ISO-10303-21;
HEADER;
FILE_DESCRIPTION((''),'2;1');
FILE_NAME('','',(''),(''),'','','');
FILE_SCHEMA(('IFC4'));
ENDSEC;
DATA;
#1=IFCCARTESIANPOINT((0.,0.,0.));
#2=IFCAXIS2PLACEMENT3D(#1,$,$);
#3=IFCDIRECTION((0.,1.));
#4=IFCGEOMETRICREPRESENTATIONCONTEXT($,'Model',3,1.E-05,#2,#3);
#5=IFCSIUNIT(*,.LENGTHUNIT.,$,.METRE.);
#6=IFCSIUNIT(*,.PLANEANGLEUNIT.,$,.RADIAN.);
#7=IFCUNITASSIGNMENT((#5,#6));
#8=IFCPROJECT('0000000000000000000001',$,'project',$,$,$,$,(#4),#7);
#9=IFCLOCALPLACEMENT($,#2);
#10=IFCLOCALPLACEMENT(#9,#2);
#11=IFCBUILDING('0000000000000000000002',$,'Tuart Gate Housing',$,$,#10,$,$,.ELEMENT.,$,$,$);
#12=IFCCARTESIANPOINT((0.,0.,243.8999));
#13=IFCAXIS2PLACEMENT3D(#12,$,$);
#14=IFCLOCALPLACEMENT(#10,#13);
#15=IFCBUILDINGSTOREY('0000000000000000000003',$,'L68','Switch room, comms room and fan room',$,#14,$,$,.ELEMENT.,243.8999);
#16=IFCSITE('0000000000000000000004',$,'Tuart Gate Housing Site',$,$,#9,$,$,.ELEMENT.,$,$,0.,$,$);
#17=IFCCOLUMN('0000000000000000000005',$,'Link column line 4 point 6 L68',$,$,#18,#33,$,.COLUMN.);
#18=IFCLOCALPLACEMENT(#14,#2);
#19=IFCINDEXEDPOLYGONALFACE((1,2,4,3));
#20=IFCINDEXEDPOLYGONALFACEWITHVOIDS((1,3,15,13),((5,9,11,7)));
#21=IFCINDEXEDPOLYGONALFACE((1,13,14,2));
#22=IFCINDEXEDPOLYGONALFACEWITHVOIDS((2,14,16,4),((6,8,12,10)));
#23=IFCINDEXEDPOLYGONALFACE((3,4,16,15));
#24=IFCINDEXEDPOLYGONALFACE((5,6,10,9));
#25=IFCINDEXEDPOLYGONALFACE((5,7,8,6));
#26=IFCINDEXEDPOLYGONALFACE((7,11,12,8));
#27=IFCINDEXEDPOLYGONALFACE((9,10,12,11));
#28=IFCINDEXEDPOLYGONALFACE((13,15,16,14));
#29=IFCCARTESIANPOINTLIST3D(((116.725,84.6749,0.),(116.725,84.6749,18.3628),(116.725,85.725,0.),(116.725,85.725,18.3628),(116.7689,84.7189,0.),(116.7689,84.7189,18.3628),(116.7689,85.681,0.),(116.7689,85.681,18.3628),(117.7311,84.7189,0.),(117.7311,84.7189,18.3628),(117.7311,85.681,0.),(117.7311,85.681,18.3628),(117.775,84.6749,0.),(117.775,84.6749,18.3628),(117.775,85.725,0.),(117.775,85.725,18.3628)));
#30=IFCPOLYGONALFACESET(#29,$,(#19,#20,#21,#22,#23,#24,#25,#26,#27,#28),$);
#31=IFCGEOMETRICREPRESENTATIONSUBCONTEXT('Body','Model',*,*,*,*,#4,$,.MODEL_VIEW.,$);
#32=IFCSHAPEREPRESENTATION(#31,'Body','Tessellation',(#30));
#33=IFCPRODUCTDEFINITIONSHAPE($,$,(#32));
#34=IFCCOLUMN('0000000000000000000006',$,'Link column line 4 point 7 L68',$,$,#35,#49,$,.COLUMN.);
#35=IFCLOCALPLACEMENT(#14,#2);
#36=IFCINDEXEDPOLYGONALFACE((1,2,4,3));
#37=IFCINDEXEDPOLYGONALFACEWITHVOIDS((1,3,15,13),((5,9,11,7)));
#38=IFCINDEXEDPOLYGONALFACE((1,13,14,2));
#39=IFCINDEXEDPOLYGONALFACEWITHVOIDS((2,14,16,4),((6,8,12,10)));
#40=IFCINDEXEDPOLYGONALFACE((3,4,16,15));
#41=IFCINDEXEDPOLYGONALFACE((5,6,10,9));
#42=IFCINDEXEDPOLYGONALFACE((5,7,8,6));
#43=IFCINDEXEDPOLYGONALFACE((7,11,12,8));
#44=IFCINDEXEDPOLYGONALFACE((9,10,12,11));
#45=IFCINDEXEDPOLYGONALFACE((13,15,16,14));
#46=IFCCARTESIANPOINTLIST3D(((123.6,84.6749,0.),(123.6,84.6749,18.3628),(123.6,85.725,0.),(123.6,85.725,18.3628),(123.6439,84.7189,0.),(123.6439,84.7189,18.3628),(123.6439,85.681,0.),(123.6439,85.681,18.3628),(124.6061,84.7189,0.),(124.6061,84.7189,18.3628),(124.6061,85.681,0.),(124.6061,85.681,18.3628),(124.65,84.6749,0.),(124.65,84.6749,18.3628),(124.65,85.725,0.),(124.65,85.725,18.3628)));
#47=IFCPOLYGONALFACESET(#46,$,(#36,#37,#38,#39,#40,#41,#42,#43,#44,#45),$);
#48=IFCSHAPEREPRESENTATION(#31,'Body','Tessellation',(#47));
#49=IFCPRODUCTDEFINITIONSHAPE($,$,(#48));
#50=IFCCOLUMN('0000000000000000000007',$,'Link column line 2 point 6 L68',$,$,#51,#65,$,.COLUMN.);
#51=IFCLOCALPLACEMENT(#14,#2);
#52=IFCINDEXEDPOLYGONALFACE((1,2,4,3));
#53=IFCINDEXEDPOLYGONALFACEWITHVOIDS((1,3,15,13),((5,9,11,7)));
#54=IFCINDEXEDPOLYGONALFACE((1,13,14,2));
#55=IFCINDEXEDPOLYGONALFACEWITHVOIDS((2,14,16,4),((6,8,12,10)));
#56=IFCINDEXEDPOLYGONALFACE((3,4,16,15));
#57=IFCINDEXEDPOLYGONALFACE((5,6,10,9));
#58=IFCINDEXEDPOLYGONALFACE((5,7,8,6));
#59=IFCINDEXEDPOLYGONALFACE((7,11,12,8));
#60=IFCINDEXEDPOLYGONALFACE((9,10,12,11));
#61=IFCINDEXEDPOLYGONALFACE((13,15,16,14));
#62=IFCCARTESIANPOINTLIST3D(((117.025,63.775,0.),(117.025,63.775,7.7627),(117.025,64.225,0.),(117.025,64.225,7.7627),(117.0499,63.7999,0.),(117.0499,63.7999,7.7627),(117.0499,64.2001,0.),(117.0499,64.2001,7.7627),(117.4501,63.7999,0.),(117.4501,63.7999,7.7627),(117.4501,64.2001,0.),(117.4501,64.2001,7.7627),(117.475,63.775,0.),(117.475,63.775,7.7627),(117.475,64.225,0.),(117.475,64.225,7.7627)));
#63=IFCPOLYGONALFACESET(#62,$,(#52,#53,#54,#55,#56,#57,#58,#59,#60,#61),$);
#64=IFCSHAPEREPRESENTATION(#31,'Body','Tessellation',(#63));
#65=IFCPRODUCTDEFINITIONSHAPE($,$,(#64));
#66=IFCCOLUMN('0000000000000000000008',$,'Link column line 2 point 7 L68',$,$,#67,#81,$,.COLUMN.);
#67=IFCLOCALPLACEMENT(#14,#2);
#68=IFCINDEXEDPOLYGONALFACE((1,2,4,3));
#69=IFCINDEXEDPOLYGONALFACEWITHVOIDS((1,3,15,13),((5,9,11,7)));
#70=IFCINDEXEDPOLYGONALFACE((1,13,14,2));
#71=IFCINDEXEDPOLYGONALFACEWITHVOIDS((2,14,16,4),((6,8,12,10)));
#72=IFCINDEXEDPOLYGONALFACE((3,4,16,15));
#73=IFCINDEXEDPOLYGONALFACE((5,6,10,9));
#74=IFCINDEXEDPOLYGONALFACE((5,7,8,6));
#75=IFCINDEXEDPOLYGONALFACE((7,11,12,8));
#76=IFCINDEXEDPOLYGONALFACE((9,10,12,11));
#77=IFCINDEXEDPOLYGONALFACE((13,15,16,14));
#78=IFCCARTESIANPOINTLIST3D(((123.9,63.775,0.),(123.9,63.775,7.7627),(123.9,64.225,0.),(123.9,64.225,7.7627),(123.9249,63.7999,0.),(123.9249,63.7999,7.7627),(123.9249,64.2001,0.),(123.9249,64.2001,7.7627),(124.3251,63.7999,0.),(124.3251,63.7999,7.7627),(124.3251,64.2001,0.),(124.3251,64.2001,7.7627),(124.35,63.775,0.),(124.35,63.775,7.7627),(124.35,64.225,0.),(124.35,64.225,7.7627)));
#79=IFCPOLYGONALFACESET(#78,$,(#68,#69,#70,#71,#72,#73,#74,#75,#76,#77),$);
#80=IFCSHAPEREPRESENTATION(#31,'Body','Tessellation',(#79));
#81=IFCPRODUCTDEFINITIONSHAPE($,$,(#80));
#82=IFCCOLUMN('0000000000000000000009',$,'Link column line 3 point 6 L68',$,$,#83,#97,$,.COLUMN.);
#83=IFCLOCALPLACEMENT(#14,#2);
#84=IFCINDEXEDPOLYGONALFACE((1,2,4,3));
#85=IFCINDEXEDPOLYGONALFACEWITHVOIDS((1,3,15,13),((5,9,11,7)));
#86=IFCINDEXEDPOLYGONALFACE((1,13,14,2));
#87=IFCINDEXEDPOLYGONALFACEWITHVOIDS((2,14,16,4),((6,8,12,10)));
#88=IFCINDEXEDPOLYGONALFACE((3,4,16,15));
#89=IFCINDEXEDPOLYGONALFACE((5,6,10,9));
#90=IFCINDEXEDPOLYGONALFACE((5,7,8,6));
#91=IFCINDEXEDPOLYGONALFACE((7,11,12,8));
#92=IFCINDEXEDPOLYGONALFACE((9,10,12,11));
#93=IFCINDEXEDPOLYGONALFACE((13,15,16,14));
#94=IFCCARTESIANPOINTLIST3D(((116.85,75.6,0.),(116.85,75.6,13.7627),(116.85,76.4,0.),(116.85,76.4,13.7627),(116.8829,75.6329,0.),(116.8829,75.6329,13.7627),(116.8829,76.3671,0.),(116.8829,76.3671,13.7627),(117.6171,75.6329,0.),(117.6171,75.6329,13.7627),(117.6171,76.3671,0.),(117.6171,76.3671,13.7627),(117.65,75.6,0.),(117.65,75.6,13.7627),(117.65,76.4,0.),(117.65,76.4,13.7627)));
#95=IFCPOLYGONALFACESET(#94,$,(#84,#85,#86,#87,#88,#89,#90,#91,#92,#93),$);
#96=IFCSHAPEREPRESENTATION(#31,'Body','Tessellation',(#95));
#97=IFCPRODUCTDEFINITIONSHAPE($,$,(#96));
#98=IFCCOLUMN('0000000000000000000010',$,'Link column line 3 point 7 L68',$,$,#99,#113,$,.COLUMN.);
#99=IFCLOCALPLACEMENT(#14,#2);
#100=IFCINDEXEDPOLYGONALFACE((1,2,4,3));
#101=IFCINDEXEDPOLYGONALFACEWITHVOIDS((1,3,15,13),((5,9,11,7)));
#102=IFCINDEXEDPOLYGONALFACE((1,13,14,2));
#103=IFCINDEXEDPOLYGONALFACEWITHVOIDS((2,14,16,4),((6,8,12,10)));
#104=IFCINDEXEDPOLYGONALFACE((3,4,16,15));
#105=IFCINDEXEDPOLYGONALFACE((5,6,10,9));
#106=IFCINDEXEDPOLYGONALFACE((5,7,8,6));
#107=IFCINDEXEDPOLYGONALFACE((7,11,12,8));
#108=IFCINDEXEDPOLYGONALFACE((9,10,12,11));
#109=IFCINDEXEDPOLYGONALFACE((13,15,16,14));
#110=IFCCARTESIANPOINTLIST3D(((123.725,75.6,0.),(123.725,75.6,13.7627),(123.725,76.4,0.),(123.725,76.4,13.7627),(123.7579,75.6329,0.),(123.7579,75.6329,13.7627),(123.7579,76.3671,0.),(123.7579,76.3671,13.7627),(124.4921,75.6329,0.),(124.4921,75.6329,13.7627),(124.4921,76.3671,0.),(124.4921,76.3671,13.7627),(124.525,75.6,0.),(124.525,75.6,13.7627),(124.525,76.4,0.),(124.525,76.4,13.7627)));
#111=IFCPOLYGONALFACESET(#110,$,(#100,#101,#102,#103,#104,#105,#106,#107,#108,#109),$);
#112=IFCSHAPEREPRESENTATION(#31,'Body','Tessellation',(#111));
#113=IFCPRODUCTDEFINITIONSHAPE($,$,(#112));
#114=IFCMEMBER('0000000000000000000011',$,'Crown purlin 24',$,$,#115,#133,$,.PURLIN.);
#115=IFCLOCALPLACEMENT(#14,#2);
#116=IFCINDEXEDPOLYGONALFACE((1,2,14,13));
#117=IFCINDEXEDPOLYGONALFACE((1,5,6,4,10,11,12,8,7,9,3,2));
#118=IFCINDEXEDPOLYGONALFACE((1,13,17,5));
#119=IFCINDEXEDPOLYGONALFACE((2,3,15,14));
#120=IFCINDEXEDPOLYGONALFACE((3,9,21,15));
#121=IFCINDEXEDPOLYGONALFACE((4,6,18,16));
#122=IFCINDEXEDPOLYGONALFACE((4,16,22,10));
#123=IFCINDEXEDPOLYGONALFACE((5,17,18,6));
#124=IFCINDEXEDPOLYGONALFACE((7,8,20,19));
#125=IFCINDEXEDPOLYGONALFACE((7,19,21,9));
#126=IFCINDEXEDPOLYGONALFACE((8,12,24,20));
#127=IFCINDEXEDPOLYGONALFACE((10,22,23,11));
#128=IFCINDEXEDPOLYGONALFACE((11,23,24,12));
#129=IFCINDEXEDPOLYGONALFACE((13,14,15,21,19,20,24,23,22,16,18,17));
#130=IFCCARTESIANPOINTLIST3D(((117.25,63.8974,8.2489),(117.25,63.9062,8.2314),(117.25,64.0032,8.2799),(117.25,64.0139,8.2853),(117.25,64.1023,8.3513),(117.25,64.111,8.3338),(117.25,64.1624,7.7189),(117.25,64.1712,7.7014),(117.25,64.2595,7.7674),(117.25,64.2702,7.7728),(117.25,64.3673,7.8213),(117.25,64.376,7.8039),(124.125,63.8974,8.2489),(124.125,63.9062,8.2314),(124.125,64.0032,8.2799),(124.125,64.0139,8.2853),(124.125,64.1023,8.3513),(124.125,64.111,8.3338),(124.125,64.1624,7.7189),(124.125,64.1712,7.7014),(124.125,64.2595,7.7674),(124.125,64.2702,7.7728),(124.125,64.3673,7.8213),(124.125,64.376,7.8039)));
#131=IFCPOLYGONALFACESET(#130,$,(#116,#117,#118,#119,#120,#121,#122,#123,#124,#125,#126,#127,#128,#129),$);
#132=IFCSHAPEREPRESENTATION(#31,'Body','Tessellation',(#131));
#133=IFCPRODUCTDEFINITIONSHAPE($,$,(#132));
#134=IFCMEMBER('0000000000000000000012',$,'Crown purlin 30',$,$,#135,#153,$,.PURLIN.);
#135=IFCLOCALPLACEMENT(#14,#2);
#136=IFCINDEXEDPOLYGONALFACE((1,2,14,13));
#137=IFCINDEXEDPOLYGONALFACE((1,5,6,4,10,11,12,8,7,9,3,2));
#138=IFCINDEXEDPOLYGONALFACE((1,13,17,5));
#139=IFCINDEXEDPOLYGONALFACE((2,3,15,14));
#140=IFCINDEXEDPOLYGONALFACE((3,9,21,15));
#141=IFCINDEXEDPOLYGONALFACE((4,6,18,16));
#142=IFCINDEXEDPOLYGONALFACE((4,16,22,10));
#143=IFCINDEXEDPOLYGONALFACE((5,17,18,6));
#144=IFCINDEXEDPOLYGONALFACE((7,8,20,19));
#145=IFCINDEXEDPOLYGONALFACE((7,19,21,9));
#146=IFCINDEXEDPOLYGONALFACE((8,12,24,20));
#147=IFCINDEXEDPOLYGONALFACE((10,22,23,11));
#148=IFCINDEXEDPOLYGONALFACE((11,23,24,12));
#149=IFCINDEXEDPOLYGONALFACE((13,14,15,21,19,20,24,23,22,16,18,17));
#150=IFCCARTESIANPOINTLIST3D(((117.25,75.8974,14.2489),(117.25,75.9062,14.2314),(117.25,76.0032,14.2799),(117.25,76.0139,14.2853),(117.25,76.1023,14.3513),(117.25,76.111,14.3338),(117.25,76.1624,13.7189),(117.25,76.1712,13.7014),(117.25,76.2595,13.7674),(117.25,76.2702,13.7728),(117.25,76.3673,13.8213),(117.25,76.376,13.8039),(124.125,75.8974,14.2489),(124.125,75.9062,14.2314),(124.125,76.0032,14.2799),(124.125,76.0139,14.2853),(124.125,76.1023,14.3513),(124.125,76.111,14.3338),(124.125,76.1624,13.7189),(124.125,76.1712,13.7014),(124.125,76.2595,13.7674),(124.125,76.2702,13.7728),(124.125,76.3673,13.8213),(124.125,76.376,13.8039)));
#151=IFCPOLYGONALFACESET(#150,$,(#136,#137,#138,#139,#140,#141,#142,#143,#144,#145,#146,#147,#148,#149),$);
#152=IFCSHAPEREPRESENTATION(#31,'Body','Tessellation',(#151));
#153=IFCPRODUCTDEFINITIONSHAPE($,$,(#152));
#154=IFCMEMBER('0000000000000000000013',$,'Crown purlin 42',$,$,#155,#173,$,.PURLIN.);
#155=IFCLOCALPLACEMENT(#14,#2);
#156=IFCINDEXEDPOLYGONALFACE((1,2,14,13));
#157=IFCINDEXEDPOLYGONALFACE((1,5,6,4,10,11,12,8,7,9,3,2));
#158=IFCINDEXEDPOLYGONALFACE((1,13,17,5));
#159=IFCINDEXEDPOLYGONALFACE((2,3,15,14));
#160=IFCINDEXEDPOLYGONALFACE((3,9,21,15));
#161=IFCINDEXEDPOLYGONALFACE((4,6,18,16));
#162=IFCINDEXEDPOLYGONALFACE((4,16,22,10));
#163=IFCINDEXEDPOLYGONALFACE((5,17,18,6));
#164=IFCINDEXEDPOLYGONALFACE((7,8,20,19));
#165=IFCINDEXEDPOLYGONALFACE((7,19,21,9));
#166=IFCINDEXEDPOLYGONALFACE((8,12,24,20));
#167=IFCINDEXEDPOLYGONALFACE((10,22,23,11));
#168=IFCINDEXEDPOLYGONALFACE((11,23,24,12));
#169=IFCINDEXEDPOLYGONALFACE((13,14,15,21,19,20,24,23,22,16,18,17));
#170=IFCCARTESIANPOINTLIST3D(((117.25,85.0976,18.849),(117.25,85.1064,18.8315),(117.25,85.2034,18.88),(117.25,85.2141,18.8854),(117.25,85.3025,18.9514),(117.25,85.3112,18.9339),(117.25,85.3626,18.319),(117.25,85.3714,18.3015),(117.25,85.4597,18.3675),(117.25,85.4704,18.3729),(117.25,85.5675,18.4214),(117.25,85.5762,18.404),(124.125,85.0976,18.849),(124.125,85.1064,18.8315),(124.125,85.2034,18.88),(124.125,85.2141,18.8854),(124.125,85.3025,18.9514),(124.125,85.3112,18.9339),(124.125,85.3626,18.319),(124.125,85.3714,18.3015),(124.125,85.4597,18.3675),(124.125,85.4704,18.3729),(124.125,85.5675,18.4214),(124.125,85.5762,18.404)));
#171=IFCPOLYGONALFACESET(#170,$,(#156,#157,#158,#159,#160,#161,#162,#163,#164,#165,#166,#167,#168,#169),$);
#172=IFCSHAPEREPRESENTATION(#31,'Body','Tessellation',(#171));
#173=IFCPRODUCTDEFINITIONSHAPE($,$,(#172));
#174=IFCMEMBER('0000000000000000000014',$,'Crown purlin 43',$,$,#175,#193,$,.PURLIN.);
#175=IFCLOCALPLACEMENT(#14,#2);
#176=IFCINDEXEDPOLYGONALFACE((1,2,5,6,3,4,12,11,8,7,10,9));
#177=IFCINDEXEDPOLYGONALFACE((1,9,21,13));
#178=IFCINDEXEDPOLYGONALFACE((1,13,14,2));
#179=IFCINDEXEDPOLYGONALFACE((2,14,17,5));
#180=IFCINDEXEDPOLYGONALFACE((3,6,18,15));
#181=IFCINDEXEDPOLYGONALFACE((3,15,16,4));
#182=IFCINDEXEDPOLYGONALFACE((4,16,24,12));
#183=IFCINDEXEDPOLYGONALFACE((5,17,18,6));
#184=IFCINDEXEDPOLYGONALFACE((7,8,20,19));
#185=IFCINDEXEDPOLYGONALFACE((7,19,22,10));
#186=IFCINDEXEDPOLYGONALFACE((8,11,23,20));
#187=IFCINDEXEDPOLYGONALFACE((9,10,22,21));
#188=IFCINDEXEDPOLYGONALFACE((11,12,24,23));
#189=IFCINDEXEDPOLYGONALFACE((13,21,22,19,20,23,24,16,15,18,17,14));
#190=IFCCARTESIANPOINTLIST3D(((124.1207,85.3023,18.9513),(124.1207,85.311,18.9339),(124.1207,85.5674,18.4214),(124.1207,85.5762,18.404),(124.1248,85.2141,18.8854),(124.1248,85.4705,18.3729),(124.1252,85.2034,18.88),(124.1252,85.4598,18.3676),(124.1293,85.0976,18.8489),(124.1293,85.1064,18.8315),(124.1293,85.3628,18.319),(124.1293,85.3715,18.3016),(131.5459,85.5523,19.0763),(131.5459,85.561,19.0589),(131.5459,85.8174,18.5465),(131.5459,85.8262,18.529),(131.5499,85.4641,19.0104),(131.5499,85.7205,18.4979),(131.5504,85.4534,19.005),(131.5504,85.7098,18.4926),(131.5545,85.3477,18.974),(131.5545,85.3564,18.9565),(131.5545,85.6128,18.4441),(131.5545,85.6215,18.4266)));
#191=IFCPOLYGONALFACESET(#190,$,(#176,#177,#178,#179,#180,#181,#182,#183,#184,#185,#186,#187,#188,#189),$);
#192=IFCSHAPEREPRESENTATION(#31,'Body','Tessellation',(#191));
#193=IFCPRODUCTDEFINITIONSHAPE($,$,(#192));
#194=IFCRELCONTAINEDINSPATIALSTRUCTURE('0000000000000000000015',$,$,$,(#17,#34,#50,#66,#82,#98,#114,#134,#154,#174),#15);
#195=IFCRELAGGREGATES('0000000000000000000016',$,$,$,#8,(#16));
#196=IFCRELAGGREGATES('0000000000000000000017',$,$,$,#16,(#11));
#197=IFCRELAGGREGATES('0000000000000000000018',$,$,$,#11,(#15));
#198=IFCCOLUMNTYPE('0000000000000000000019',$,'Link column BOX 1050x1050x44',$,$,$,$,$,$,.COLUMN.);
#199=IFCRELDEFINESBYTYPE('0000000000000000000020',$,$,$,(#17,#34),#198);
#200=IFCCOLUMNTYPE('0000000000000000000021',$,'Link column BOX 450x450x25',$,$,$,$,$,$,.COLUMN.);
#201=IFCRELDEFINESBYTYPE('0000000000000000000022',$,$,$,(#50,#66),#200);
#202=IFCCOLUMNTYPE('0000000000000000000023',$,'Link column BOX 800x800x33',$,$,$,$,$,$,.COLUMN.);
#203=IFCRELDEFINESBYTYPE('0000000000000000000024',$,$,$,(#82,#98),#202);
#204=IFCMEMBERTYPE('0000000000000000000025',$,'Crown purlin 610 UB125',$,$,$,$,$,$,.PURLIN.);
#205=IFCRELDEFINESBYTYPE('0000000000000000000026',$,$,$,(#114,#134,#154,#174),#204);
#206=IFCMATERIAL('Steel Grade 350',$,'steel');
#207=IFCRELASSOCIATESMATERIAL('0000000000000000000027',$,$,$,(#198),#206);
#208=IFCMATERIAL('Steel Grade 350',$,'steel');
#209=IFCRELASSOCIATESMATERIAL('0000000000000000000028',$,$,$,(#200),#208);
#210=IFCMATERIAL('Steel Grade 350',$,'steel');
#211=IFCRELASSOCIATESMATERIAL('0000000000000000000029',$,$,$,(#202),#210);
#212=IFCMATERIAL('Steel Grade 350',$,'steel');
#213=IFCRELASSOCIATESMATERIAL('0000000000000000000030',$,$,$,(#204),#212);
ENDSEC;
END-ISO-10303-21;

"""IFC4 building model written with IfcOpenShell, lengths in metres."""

from ifc_helpers import new_model, si_unit, direction, frame, origin, origin_2d, place, context, subcontext, project, spatial, hollow_rectangle, i_section, extrude, material, material_profile, profile_set, type_object, element, save


model = new_model("IFC4")

# Units and contexts
model_context = context("Model", 3, precision=1e-05, world=origin(), true_north=direction((0.0, 1.0)))
body_context = subcontext(model_context, "Body", "Model", "MODEL_VIEW")
ifc_project = project(units=[si_unit("LENGTHUNIT", "METRE"), si_unit("PLANEANGLEUNIT", "RADIAN")], contexts=[model_context])

# Site, building, storey
site_placement = place(None, origin())
site = spatial("IfcSite", under=ifc_project, at=site_placement, Name="Tuart Gate Housing Site", CompositionType="ELEMENT", RefElevation=0.0)
building_placement = place(site_placement, origin())
building = spatial("IfcBuilding", under=site, at=building_placement, Name="Tuart Gate Housing", CompositionType="ELEMENT")
storey_placement = place(building_placement, frame((0.0, 0.0, 243.8999)))
storey = spatial("IfcBuildingStorey", under=building, at=storey_placement, Name="L68", Description="Switch room, comms room and fan room", CompositionType="ELEMENT", Elevation=243.8999)

# Columns
ifc_material_1 = material(Name="Steel Grade 350", Category="steel")
ifc_material_profile_1 = material_profile(ifc_material_1, hollow_rectangle(XDim=1.05, YDim=1.05, WallThickness=0.0439, at=origin_2d()), Name="BOX 1050x1050x44")
ifc_profile_set_1 = profile_set([ifc_material_profile_1], Name="Steel Grade 350")
column_type_1 = type_object("IfcColumnType", Name="Link column BOX 1050x1050x44", PredefinedType="COLUMN", material=ifc_profile_set_1)
for number, where, z_axis, x_axis, name in (
    (1, (117.25, 85.2, 0.0), (0.0, 0.0, 1.0), (1.0, 0.0, 0.0), "Link column line 4 point 6 L68"),
    (2, (124.125, 85.2, 0.0), (0.0, 0.0, 1.0), (1.0, 0.0, 0.0), "Link column line 4 point 7 L68"),
):
    element("IfcColumn", number, at=place(storey_placement, frame(where, z_axis=z_axis, x_axis=x_axis)), inside=storey, type_object=column_type_1, Name=name, PredefinedType="COLUMN", context=body_context, shape_type="SweptSolid", body=[
        extrude(hollow_rectangle(XDim=1.05, YDim=1.05, WallThickness=0.0439, at=origin_2d()), origin(), (0.0, 0.0, 1.0), 18.3628),
    ])
ifc_material_2 = material(Name="Steel Grade 350", Category="steel")
ifc_material_profile_2 = material_profile(ifc_material_2, hollow_rectangle(XDim=0.45, YDim=0.45, WallThickness=0.0249, at=origin_2d()), Name="BOX 450x450x25")
ifc_profile_set_2 = profile_set([ifc_material_profile_2], Name="Steel Grade 350")
column_type_2 = type_object("IfcColumnType", Name="Link column BOX 450x450x25", PredefinedType="COLUMN", material=ifc_profile_set_2)
for number, where, z_axis, x_axis, name in (
    (3, (117.25, 64.0, 0.0), (0.0, 0.0, 1.0), (1.0, 0.0, 0.0), "Link column line 2 point 6 L68"),
    (4, (124.125, 64.0, 0.0), (0.0, 0.0, 1.0), (1.0, 0.0, 0.0), "Link column line 2 point 7 L68"),
):
    element("IfcColumn", number, at=place(storey_placement, frame(where, z_axis=z_axis, x_axis=x_axis)), inside=storey, type_object=column_type_2, Name=name, PredefinedType="COLUMN", context=body_context, shape_type="SweptSolid", body=[
        extrude(hollow_rectangle(XDim=0.45, YDim=0.45, WallThickness=0.0249, at=origin_2d()), origin(), (0.0, 0.0, 1.0), 7.7627),
    ])
ifc_material_3 = material(Name="Steel Grade 350", Category="steel")
ifc_material_profile_3 = material_profile(ifc_material_3, hollow_rectangle(XDim=0.8, YDim=0.8, WallThickness=0.033, at=origin_2d()), Name="BOX 800x800x33")
ifc_profile_set_3 = profile_set([ifc_material_profile_3], Name="Steel Grade 350")
column_type_3 = type_object("IfcColumnType", Name="Link column BOX 800x800x33", PredefinedType="COLUMN", material=ifc_profile_set_3)
for number, where, z_axis, x_axis, name in (
    (5, (117.25, 76.0, 0.0), (0.0, 0.0, 1.0), (1.0, 0.0, 0.0), "Link column line 3 point 6 L68"),
    (6, (124.125, 76.0, 0.0), (0.0, 0.0, 1.0), (1.0, 0.0, 0.0), "Link column line 3 point 7 L68"),
):
    element("IfcColumn", number, at=place(storey_placement, frame(where, z_axis=z_axis, x_axis=x_axis)), inside=storey, type_object=column_type_3, Name=name, PredefinedType="COLUMN", context=body_context, shape_type="SweptSolid", body=[
        extrude(hollow_rectangle(XDim=0.8, YDim=0.8, WallThickness=0.033, at=origin_2d()), origin(), (0.0, 0.0, 1.0), 13.7627),
    ])

# Members
ifc_material_4 = material(Name="Steel Grade 350", Category="steel")
ifc_material_profile_4 = material_profile(ifc_material_4, i_section(OverallWidth=0.229, OverallDepth=0.6121, WebThickness=0.012, FlangeThickness=0.0195, at=origin_2d()), Name="610UB125")
ifc_profile_set_4 = profile_set([ifc_material_profile_4], Name="Steel Grade 350")
member_type_1 = type_object("IfcMemberType", Name="Crown purlin 610 UB125", PredefinedType="PURLIN", material=ifc_profile_set_4)
for number, where, z_axis, x_axis, name in (
    (7, (117.25, 64.1367, 8.0264), (1.0, 0.0, 0.0), (0.0, 0.894427, 0.447214), "Crown purlin 24"),
    (8, (117.25, 76.1367, 14.0264), (1.0, 0.0, 0.0), (0.0, 0.894427, 0.447214), "Crown purlin 30"),
    (9, (117.25, 85.3369, 18.6265), (1.0, 0.0, 0.0), (0.0, 0.894427, 0.447214), "Crown purlin 42"),
):
    element("IfcMember", number, at=place(storey_placement, frame(where, z_axis=z_axis, x_axis=x_axis)), inside=storey, type_object=member_type_1, Name=name, PredefinedType="PURLIN", context=body_context, shape_type="SweptSolid", body=[
        extrude(i_section(OverallWidth=0.229, OverallDepth=0.6121, WebThickness=0.012, FlangeThickness=0.0195, at=origin_2d()), origin(), (0.0, 0.0, 1.0), 6.875),
    ])
member_1_placement = place(storey_placement, frame((124.125, 85.3369, 18.6265), z_axis=(0.999292, 0.033646, 0.016823), x_axis=(-0.037617, 0.893667, 0.447151)))
element("IfcMember", 10, at=member_1_placement, inside=storey, type_object=member_type_1, Name="Crown purlin 43", PredefinedType="PURLIN", context=body_context, shape_type="SweptSolid", body=[
    extrude(i_section(OverallWidth=0.229, OverallDepth=0.6121, WebThickness=0.012, FlangeThickness=0.0195, at=origin_2d()), origin(), (0.0, 0.0, 1.0), 7.4304),
])

save(model, "model.ifc")
